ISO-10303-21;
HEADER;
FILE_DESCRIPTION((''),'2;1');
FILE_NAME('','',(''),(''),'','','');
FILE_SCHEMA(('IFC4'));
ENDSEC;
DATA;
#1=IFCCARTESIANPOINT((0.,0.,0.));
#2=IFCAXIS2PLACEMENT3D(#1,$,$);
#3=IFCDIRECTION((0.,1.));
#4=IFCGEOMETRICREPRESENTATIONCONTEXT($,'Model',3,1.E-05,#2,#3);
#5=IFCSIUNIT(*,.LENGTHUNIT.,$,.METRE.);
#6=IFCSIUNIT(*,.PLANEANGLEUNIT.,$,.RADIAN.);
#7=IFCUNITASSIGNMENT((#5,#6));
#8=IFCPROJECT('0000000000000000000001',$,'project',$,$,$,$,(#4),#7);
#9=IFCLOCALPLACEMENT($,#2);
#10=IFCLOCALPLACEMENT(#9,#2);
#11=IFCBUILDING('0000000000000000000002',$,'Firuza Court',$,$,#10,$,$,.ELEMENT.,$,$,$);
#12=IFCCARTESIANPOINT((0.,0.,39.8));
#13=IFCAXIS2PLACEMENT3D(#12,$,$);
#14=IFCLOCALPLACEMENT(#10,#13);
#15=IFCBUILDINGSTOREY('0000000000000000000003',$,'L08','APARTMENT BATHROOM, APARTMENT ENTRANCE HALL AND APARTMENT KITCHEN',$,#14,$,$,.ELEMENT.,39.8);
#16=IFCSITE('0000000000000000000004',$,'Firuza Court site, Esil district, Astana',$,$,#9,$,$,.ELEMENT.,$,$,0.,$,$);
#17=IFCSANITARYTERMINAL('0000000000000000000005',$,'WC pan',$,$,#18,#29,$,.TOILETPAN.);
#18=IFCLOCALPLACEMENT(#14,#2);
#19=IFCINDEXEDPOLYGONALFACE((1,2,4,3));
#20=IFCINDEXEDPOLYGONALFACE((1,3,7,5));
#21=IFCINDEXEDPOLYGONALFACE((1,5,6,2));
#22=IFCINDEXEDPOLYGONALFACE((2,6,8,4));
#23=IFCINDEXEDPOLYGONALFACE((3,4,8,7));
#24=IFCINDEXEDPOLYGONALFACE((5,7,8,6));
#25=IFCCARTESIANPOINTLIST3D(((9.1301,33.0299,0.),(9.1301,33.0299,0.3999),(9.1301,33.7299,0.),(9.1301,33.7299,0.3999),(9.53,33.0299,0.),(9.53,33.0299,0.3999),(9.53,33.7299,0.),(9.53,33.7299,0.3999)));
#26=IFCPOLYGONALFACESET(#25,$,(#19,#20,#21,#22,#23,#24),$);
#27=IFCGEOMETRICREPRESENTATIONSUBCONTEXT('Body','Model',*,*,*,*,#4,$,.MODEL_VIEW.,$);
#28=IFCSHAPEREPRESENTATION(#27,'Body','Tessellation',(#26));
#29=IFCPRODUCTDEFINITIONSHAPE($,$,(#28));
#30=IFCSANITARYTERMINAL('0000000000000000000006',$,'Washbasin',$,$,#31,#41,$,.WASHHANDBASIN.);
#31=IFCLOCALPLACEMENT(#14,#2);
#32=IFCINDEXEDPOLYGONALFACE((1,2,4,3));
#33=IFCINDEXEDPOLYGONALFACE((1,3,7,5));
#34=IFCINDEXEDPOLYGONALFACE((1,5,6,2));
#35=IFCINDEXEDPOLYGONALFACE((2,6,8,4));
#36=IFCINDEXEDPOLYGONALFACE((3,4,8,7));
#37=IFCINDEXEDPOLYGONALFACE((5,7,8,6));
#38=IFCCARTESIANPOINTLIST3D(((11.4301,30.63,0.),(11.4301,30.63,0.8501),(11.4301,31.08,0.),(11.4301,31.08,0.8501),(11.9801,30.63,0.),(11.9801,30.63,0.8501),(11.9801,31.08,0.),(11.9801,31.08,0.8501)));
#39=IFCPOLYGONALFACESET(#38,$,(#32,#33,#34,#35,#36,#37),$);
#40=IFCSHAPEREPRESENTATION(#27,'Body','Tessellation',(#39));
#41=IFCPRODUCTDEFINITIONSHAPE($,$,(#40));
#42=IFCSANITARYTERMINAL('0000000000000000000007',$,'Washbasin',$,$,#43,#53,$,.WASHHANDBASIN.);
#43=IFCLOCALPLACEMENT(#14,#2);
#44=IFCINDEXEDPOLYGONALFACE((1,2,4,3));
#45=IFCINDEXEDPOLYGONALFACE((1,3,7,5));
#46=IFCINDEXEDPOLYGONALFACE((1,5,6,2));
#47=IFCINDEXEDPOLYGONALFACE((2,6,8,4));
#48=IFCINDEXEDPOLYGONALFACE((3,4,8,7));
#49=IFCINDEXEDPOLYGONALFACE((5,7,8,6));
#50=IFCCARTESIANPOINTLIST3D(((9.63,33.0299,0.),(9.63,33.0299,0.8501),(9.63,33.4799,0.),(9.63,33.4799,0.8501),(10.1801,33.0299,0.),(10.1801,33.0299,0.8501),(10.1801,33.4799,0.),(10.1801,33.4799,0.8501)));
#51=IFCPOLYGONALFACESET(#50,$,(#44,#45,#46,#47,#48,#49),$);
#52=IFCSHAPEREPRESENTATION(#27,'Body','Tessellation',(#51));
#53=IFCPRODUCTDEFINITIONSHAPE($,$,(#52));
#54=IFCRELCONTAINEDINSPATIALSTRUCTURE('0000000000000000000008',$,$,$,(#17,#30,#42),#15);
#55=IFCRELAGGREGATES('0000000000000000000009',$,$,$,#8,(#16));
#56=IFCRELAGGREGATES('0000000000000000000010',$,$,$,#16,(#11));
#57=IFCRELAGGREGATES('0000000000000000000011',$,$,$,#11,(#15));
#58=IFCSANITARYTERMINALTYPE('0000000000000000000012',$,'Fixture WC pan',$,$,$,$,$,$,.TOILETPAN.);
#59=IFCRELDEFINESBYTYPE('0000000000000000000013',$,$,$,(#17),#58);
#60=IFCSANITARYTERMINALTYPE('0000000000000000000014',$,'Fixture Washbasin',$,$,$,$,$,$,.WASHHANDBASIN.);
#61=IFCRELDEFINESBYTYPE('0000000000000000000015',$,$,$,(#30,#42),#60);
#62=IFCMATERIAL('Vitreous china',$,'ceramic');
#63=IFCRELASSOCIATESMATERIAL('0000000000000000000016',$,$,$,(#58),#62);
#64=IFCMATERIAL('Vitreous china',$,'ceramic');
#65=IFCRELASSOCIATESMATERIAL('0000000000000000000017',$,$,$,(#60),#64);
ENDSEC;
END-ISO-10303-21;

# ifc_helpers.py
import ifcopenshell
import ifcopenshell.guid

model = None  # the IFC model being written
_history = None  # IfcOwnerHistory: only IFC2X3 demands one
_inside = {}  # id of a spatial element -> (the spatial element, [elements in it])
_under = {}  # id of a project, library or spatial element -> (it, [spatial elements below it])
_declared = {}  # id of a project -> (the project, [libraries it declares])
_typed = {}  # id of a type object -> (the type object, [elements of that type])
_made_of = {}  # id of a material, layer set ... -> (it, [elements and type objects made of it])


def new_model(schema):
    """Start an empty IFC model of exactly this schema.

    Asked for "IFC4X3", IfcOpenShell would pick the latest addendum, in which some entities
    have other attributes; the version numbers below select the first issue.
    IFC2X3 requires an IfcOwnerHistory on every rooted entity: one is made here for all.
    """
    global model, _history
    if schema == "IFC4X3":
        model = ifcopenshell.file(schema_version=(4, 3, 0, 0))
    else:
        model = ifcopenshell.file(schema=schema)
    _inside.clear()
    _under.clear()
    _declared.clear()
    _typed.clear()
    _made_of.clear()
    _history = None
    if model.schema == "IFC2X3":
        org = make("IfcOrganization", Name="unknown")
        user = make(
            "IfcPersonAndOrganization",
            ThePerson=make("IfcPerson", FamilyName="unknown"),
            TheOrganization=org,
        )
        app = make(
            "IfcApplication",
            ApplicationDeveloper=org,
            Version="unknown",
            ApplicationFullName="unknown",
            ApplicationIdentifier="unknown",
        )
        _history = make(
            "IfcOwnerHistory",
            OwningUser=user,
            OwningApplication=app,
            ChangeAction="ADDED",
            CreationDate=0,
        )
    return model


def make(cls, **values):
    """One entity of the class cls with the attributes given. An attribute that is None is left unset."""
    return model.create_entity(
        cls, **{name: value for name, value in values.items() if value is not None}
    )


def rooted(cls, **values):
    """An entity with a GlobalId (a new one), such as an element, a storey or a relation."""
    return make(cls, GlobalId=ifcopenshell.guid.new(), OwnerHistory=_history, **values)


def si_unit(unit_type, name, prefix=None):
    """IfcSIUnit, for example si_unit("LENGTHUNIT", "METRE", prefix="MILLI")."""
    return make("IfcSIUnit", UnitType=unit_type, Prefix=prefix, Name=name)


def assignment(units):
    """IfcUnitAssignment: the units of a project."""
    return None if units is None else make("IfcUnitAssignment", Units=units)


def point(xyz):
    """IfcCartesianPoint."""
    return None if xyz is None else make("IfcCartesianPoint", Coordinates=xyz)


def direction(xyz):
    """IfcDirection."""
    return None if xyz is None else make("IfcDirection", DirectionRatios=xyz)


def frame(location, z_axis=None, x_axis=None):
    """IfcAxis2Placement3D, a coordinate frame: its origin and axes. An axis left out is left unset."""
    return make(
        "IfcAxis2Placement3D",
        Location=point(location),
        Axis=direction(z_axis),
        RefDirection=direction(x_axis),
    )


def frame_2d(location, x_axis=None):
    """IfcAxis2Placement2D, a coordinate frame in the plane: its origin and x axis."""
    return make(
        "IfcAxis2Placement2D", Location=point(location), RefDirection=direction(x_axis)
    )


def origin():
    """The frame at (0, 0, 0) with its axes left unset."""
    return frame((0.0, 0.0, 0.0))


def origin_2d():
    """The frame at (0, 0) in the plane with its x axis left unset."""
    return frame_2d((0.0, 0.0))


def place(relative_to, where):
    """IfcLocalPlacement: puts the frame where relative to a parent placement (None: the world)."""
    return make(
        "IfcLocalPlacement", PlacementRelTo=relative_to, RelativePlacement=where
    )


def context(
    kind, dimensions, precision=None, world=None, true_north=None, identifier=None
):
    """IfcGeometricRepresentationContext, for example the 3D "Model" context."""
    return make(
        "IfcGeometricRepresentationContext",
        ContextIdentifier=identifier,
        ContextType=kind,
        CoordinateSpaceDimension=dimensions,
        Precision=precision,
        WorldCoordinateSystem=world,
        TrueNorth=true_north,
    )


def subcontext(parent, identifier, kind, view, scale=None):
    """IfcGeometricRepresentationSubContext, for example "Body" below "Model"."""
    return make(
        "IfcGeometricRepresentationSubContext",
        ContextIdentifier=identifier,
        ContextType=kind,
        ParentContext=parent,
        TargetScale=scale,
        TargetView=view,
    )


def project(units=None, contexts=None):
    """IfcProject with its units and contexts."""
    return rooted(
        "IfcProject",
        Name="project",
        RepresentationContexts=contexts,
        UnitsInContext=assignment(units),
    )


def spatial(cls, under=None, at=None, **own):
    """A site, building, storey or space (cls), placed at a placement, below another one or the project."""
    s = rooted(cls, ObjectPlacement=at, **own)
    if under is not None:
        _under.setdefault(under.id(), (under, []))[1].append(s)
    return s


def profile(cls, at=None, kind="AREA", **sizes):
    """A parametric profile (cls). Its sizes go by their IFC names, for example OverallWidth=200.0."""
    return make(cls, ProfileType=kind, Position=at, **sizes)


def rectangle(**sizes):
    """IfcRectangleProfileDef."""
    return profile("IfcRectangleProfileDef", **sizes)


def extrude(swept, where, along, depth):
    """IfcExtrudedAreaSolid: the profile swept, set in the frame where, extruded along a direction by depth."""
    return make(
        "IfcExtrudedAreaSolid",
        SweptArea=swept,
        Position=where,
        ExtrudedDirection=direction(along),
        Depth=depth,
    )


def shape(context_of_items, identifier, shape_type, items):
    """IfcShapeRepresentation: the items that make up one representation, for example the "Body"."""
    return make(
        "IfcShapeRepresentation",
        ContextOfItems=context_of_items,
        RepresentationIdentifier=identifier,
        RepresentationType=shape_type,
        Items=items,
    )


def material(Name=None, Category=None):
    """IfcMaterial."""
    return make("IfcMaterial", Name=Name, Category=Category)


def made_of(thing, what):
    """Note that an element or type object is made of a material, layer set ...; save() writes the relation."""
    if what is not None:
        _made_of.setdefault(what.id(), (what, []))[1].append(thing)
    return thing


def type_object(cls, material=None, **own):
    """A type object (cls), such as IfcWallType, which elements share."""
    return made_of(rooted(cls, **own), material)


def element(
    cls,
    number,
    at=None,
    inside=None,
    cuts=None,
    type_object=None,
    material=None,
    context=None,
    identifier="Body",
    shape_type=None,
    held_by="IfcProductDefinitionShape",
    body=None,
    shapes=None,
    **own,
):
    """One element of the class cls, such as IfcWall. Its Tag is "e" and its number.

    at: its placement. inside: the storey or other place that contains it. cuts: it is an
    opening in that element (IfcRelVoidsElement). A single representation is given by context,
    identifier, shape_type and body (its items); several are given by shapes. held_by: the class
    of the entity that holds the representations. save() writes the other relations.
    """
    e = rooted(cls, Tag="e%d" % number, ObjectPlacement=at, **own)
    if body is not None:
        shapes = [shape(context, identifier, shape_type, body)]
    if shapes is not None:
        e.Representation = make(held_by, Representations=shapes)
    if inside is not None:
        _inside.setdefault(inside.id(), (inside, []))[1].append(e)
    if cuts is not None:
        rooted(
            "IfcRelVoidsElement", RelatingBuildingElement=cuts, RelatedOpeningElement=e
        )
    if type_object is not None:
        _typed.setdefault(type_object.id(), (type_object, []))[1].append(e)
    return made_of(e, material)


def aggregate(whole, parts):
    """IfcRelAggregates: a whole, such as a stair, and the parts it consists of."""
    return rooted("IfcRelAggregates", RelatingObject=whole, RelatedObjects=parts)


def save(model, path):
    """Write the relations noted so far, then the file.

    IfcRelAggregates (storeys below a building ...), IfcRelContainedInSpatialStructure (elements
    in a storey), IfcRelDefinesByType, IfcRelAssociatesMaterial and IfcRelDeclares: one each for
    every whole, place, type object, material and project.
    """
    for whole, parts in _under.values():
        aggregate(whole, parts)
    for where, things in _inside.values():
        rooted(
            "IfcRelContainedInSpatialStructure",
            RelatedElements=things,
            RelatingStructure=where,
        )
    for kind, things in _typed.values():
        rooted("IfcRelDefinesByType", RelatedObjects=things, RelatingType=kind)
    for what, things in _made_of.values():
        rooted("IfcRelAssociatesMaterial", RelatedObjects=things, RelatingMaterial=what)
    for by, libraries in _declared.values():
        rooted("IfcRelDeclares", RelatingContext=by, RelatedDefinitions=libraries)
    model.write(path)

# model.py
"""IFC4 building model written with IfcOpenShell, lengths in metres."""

from ifc_helpers import new_model, si_unit, direction, frame, origin, origin_2d, place, context, subcontext, project, spatial, rectangle, extrude, material, type_object, element, save


model = new_model("IFC4")

# Units and contexts
model_context = context("Model", 3, precision=1e-05, world=origin(), true_north=direction((0.0, 1.0)))
body_context = subcontext(model_context, "Body", "Model", "MODEL_VIEW")
ifc_project = project(units=[si_unit("LENGTHUNIT", "METRE"), si_unit("PLANEANGLEUNIT", "RADIAN")], contexts=[model_context])

# Site, building, storey
site_placement = place(None, origin())
site = spatial("IfcSite", under=ifc_project, at=site_placement, Name="Firuza Court site, Esil district, Astana", CompositionType="ELEMENT", RefElevation=0.0)
building_placement = place(site_placement, origin())
building = spatial("IfcBuilding", under=site, at=building_placement, Name="Firuza Court", CompositionType="ELEMENT")
storey_placement = place(building_placement, frame((0.0, 0.0, 39.8)))
storey = spatial("IfcBuildingStorey", under=building, at=storey_placement, Name="L08", Description="APARTMENT BATHROOM, APARTMENT ENTRANCE HALL AND APARTMENT KITCHEN", CompositionType="ELEMENT", Elevation=39.8)

# Sanitary terminals
ifc_material_1 = material(Name="Vitreous china", Category="ceramic")
sanitary_terminal_type_1 = type_object("IfcSanitaryTerminalType", Name="Fixture WC pan", PredefinedType="TOILETPAN", material=ifc_material_1)
for number, where, z_axis, x_axis, name in (
    (1, (9.3301, 33.3799, 0.0), (0.0, 0.0, 1.0), (1.0, 0.0, 0.0), "WC pan"),
):
    element("IfcSanitaryTerminal", number, at=place(storey_placement, frame(where, z_axis=z_axis, x_axis=x_axis)), inside=storey, type_object=sanitary_terminal_type_1, Name=name, PredefinedType="TOILETPAN", context=body_context, shape_type="SweptSolid", body=[
        extrude(rectangle(XDim=0.3999, YDim=0.7, at=origin_2d()), origin(), (0.0, 0.0, 1.0), 0.3999),
    ])
ifc_material_2 = material(Name="Vitreous china", Category="ceramic")
sanitary_terminal_type_2 = type_object("IfcSanitaryTerminalType", Name="Fixture Washbasin", PredefinedType="WASHHANDBASIN", material=ifc_material_2)
for number, where, z_axis, x_axis, name in (
    (2, (11.7051, 30.855, 0.0), (0.0, 0.0, 1.0), (1.0, 0.0, 0.0), "Washbasin"),
    (3, (9.905, 33.2549, 0.0), (0.0, 0.0, 1.0), (1.0, 0.0, 0.0), "Washbasin"),
):
    element("IfcSanitaryTerminal", number, at=place(storey_placement, frame(where, z_axis=z_axis, x_axis=x_axis)), inside=storey, type_object=sanitary_terminal_type_2, Name=name, PredefinedType="WASHHANDBASIN", context=body_context, shape_type="SweptSolid", body=[
        extrude(rectangle(XDim=0.55, YDim=0.45, at=origin_2d()), origin(), (0.0, 0.0, 1.0), 0.8501),
    ])

save(model, "model.ifc")
